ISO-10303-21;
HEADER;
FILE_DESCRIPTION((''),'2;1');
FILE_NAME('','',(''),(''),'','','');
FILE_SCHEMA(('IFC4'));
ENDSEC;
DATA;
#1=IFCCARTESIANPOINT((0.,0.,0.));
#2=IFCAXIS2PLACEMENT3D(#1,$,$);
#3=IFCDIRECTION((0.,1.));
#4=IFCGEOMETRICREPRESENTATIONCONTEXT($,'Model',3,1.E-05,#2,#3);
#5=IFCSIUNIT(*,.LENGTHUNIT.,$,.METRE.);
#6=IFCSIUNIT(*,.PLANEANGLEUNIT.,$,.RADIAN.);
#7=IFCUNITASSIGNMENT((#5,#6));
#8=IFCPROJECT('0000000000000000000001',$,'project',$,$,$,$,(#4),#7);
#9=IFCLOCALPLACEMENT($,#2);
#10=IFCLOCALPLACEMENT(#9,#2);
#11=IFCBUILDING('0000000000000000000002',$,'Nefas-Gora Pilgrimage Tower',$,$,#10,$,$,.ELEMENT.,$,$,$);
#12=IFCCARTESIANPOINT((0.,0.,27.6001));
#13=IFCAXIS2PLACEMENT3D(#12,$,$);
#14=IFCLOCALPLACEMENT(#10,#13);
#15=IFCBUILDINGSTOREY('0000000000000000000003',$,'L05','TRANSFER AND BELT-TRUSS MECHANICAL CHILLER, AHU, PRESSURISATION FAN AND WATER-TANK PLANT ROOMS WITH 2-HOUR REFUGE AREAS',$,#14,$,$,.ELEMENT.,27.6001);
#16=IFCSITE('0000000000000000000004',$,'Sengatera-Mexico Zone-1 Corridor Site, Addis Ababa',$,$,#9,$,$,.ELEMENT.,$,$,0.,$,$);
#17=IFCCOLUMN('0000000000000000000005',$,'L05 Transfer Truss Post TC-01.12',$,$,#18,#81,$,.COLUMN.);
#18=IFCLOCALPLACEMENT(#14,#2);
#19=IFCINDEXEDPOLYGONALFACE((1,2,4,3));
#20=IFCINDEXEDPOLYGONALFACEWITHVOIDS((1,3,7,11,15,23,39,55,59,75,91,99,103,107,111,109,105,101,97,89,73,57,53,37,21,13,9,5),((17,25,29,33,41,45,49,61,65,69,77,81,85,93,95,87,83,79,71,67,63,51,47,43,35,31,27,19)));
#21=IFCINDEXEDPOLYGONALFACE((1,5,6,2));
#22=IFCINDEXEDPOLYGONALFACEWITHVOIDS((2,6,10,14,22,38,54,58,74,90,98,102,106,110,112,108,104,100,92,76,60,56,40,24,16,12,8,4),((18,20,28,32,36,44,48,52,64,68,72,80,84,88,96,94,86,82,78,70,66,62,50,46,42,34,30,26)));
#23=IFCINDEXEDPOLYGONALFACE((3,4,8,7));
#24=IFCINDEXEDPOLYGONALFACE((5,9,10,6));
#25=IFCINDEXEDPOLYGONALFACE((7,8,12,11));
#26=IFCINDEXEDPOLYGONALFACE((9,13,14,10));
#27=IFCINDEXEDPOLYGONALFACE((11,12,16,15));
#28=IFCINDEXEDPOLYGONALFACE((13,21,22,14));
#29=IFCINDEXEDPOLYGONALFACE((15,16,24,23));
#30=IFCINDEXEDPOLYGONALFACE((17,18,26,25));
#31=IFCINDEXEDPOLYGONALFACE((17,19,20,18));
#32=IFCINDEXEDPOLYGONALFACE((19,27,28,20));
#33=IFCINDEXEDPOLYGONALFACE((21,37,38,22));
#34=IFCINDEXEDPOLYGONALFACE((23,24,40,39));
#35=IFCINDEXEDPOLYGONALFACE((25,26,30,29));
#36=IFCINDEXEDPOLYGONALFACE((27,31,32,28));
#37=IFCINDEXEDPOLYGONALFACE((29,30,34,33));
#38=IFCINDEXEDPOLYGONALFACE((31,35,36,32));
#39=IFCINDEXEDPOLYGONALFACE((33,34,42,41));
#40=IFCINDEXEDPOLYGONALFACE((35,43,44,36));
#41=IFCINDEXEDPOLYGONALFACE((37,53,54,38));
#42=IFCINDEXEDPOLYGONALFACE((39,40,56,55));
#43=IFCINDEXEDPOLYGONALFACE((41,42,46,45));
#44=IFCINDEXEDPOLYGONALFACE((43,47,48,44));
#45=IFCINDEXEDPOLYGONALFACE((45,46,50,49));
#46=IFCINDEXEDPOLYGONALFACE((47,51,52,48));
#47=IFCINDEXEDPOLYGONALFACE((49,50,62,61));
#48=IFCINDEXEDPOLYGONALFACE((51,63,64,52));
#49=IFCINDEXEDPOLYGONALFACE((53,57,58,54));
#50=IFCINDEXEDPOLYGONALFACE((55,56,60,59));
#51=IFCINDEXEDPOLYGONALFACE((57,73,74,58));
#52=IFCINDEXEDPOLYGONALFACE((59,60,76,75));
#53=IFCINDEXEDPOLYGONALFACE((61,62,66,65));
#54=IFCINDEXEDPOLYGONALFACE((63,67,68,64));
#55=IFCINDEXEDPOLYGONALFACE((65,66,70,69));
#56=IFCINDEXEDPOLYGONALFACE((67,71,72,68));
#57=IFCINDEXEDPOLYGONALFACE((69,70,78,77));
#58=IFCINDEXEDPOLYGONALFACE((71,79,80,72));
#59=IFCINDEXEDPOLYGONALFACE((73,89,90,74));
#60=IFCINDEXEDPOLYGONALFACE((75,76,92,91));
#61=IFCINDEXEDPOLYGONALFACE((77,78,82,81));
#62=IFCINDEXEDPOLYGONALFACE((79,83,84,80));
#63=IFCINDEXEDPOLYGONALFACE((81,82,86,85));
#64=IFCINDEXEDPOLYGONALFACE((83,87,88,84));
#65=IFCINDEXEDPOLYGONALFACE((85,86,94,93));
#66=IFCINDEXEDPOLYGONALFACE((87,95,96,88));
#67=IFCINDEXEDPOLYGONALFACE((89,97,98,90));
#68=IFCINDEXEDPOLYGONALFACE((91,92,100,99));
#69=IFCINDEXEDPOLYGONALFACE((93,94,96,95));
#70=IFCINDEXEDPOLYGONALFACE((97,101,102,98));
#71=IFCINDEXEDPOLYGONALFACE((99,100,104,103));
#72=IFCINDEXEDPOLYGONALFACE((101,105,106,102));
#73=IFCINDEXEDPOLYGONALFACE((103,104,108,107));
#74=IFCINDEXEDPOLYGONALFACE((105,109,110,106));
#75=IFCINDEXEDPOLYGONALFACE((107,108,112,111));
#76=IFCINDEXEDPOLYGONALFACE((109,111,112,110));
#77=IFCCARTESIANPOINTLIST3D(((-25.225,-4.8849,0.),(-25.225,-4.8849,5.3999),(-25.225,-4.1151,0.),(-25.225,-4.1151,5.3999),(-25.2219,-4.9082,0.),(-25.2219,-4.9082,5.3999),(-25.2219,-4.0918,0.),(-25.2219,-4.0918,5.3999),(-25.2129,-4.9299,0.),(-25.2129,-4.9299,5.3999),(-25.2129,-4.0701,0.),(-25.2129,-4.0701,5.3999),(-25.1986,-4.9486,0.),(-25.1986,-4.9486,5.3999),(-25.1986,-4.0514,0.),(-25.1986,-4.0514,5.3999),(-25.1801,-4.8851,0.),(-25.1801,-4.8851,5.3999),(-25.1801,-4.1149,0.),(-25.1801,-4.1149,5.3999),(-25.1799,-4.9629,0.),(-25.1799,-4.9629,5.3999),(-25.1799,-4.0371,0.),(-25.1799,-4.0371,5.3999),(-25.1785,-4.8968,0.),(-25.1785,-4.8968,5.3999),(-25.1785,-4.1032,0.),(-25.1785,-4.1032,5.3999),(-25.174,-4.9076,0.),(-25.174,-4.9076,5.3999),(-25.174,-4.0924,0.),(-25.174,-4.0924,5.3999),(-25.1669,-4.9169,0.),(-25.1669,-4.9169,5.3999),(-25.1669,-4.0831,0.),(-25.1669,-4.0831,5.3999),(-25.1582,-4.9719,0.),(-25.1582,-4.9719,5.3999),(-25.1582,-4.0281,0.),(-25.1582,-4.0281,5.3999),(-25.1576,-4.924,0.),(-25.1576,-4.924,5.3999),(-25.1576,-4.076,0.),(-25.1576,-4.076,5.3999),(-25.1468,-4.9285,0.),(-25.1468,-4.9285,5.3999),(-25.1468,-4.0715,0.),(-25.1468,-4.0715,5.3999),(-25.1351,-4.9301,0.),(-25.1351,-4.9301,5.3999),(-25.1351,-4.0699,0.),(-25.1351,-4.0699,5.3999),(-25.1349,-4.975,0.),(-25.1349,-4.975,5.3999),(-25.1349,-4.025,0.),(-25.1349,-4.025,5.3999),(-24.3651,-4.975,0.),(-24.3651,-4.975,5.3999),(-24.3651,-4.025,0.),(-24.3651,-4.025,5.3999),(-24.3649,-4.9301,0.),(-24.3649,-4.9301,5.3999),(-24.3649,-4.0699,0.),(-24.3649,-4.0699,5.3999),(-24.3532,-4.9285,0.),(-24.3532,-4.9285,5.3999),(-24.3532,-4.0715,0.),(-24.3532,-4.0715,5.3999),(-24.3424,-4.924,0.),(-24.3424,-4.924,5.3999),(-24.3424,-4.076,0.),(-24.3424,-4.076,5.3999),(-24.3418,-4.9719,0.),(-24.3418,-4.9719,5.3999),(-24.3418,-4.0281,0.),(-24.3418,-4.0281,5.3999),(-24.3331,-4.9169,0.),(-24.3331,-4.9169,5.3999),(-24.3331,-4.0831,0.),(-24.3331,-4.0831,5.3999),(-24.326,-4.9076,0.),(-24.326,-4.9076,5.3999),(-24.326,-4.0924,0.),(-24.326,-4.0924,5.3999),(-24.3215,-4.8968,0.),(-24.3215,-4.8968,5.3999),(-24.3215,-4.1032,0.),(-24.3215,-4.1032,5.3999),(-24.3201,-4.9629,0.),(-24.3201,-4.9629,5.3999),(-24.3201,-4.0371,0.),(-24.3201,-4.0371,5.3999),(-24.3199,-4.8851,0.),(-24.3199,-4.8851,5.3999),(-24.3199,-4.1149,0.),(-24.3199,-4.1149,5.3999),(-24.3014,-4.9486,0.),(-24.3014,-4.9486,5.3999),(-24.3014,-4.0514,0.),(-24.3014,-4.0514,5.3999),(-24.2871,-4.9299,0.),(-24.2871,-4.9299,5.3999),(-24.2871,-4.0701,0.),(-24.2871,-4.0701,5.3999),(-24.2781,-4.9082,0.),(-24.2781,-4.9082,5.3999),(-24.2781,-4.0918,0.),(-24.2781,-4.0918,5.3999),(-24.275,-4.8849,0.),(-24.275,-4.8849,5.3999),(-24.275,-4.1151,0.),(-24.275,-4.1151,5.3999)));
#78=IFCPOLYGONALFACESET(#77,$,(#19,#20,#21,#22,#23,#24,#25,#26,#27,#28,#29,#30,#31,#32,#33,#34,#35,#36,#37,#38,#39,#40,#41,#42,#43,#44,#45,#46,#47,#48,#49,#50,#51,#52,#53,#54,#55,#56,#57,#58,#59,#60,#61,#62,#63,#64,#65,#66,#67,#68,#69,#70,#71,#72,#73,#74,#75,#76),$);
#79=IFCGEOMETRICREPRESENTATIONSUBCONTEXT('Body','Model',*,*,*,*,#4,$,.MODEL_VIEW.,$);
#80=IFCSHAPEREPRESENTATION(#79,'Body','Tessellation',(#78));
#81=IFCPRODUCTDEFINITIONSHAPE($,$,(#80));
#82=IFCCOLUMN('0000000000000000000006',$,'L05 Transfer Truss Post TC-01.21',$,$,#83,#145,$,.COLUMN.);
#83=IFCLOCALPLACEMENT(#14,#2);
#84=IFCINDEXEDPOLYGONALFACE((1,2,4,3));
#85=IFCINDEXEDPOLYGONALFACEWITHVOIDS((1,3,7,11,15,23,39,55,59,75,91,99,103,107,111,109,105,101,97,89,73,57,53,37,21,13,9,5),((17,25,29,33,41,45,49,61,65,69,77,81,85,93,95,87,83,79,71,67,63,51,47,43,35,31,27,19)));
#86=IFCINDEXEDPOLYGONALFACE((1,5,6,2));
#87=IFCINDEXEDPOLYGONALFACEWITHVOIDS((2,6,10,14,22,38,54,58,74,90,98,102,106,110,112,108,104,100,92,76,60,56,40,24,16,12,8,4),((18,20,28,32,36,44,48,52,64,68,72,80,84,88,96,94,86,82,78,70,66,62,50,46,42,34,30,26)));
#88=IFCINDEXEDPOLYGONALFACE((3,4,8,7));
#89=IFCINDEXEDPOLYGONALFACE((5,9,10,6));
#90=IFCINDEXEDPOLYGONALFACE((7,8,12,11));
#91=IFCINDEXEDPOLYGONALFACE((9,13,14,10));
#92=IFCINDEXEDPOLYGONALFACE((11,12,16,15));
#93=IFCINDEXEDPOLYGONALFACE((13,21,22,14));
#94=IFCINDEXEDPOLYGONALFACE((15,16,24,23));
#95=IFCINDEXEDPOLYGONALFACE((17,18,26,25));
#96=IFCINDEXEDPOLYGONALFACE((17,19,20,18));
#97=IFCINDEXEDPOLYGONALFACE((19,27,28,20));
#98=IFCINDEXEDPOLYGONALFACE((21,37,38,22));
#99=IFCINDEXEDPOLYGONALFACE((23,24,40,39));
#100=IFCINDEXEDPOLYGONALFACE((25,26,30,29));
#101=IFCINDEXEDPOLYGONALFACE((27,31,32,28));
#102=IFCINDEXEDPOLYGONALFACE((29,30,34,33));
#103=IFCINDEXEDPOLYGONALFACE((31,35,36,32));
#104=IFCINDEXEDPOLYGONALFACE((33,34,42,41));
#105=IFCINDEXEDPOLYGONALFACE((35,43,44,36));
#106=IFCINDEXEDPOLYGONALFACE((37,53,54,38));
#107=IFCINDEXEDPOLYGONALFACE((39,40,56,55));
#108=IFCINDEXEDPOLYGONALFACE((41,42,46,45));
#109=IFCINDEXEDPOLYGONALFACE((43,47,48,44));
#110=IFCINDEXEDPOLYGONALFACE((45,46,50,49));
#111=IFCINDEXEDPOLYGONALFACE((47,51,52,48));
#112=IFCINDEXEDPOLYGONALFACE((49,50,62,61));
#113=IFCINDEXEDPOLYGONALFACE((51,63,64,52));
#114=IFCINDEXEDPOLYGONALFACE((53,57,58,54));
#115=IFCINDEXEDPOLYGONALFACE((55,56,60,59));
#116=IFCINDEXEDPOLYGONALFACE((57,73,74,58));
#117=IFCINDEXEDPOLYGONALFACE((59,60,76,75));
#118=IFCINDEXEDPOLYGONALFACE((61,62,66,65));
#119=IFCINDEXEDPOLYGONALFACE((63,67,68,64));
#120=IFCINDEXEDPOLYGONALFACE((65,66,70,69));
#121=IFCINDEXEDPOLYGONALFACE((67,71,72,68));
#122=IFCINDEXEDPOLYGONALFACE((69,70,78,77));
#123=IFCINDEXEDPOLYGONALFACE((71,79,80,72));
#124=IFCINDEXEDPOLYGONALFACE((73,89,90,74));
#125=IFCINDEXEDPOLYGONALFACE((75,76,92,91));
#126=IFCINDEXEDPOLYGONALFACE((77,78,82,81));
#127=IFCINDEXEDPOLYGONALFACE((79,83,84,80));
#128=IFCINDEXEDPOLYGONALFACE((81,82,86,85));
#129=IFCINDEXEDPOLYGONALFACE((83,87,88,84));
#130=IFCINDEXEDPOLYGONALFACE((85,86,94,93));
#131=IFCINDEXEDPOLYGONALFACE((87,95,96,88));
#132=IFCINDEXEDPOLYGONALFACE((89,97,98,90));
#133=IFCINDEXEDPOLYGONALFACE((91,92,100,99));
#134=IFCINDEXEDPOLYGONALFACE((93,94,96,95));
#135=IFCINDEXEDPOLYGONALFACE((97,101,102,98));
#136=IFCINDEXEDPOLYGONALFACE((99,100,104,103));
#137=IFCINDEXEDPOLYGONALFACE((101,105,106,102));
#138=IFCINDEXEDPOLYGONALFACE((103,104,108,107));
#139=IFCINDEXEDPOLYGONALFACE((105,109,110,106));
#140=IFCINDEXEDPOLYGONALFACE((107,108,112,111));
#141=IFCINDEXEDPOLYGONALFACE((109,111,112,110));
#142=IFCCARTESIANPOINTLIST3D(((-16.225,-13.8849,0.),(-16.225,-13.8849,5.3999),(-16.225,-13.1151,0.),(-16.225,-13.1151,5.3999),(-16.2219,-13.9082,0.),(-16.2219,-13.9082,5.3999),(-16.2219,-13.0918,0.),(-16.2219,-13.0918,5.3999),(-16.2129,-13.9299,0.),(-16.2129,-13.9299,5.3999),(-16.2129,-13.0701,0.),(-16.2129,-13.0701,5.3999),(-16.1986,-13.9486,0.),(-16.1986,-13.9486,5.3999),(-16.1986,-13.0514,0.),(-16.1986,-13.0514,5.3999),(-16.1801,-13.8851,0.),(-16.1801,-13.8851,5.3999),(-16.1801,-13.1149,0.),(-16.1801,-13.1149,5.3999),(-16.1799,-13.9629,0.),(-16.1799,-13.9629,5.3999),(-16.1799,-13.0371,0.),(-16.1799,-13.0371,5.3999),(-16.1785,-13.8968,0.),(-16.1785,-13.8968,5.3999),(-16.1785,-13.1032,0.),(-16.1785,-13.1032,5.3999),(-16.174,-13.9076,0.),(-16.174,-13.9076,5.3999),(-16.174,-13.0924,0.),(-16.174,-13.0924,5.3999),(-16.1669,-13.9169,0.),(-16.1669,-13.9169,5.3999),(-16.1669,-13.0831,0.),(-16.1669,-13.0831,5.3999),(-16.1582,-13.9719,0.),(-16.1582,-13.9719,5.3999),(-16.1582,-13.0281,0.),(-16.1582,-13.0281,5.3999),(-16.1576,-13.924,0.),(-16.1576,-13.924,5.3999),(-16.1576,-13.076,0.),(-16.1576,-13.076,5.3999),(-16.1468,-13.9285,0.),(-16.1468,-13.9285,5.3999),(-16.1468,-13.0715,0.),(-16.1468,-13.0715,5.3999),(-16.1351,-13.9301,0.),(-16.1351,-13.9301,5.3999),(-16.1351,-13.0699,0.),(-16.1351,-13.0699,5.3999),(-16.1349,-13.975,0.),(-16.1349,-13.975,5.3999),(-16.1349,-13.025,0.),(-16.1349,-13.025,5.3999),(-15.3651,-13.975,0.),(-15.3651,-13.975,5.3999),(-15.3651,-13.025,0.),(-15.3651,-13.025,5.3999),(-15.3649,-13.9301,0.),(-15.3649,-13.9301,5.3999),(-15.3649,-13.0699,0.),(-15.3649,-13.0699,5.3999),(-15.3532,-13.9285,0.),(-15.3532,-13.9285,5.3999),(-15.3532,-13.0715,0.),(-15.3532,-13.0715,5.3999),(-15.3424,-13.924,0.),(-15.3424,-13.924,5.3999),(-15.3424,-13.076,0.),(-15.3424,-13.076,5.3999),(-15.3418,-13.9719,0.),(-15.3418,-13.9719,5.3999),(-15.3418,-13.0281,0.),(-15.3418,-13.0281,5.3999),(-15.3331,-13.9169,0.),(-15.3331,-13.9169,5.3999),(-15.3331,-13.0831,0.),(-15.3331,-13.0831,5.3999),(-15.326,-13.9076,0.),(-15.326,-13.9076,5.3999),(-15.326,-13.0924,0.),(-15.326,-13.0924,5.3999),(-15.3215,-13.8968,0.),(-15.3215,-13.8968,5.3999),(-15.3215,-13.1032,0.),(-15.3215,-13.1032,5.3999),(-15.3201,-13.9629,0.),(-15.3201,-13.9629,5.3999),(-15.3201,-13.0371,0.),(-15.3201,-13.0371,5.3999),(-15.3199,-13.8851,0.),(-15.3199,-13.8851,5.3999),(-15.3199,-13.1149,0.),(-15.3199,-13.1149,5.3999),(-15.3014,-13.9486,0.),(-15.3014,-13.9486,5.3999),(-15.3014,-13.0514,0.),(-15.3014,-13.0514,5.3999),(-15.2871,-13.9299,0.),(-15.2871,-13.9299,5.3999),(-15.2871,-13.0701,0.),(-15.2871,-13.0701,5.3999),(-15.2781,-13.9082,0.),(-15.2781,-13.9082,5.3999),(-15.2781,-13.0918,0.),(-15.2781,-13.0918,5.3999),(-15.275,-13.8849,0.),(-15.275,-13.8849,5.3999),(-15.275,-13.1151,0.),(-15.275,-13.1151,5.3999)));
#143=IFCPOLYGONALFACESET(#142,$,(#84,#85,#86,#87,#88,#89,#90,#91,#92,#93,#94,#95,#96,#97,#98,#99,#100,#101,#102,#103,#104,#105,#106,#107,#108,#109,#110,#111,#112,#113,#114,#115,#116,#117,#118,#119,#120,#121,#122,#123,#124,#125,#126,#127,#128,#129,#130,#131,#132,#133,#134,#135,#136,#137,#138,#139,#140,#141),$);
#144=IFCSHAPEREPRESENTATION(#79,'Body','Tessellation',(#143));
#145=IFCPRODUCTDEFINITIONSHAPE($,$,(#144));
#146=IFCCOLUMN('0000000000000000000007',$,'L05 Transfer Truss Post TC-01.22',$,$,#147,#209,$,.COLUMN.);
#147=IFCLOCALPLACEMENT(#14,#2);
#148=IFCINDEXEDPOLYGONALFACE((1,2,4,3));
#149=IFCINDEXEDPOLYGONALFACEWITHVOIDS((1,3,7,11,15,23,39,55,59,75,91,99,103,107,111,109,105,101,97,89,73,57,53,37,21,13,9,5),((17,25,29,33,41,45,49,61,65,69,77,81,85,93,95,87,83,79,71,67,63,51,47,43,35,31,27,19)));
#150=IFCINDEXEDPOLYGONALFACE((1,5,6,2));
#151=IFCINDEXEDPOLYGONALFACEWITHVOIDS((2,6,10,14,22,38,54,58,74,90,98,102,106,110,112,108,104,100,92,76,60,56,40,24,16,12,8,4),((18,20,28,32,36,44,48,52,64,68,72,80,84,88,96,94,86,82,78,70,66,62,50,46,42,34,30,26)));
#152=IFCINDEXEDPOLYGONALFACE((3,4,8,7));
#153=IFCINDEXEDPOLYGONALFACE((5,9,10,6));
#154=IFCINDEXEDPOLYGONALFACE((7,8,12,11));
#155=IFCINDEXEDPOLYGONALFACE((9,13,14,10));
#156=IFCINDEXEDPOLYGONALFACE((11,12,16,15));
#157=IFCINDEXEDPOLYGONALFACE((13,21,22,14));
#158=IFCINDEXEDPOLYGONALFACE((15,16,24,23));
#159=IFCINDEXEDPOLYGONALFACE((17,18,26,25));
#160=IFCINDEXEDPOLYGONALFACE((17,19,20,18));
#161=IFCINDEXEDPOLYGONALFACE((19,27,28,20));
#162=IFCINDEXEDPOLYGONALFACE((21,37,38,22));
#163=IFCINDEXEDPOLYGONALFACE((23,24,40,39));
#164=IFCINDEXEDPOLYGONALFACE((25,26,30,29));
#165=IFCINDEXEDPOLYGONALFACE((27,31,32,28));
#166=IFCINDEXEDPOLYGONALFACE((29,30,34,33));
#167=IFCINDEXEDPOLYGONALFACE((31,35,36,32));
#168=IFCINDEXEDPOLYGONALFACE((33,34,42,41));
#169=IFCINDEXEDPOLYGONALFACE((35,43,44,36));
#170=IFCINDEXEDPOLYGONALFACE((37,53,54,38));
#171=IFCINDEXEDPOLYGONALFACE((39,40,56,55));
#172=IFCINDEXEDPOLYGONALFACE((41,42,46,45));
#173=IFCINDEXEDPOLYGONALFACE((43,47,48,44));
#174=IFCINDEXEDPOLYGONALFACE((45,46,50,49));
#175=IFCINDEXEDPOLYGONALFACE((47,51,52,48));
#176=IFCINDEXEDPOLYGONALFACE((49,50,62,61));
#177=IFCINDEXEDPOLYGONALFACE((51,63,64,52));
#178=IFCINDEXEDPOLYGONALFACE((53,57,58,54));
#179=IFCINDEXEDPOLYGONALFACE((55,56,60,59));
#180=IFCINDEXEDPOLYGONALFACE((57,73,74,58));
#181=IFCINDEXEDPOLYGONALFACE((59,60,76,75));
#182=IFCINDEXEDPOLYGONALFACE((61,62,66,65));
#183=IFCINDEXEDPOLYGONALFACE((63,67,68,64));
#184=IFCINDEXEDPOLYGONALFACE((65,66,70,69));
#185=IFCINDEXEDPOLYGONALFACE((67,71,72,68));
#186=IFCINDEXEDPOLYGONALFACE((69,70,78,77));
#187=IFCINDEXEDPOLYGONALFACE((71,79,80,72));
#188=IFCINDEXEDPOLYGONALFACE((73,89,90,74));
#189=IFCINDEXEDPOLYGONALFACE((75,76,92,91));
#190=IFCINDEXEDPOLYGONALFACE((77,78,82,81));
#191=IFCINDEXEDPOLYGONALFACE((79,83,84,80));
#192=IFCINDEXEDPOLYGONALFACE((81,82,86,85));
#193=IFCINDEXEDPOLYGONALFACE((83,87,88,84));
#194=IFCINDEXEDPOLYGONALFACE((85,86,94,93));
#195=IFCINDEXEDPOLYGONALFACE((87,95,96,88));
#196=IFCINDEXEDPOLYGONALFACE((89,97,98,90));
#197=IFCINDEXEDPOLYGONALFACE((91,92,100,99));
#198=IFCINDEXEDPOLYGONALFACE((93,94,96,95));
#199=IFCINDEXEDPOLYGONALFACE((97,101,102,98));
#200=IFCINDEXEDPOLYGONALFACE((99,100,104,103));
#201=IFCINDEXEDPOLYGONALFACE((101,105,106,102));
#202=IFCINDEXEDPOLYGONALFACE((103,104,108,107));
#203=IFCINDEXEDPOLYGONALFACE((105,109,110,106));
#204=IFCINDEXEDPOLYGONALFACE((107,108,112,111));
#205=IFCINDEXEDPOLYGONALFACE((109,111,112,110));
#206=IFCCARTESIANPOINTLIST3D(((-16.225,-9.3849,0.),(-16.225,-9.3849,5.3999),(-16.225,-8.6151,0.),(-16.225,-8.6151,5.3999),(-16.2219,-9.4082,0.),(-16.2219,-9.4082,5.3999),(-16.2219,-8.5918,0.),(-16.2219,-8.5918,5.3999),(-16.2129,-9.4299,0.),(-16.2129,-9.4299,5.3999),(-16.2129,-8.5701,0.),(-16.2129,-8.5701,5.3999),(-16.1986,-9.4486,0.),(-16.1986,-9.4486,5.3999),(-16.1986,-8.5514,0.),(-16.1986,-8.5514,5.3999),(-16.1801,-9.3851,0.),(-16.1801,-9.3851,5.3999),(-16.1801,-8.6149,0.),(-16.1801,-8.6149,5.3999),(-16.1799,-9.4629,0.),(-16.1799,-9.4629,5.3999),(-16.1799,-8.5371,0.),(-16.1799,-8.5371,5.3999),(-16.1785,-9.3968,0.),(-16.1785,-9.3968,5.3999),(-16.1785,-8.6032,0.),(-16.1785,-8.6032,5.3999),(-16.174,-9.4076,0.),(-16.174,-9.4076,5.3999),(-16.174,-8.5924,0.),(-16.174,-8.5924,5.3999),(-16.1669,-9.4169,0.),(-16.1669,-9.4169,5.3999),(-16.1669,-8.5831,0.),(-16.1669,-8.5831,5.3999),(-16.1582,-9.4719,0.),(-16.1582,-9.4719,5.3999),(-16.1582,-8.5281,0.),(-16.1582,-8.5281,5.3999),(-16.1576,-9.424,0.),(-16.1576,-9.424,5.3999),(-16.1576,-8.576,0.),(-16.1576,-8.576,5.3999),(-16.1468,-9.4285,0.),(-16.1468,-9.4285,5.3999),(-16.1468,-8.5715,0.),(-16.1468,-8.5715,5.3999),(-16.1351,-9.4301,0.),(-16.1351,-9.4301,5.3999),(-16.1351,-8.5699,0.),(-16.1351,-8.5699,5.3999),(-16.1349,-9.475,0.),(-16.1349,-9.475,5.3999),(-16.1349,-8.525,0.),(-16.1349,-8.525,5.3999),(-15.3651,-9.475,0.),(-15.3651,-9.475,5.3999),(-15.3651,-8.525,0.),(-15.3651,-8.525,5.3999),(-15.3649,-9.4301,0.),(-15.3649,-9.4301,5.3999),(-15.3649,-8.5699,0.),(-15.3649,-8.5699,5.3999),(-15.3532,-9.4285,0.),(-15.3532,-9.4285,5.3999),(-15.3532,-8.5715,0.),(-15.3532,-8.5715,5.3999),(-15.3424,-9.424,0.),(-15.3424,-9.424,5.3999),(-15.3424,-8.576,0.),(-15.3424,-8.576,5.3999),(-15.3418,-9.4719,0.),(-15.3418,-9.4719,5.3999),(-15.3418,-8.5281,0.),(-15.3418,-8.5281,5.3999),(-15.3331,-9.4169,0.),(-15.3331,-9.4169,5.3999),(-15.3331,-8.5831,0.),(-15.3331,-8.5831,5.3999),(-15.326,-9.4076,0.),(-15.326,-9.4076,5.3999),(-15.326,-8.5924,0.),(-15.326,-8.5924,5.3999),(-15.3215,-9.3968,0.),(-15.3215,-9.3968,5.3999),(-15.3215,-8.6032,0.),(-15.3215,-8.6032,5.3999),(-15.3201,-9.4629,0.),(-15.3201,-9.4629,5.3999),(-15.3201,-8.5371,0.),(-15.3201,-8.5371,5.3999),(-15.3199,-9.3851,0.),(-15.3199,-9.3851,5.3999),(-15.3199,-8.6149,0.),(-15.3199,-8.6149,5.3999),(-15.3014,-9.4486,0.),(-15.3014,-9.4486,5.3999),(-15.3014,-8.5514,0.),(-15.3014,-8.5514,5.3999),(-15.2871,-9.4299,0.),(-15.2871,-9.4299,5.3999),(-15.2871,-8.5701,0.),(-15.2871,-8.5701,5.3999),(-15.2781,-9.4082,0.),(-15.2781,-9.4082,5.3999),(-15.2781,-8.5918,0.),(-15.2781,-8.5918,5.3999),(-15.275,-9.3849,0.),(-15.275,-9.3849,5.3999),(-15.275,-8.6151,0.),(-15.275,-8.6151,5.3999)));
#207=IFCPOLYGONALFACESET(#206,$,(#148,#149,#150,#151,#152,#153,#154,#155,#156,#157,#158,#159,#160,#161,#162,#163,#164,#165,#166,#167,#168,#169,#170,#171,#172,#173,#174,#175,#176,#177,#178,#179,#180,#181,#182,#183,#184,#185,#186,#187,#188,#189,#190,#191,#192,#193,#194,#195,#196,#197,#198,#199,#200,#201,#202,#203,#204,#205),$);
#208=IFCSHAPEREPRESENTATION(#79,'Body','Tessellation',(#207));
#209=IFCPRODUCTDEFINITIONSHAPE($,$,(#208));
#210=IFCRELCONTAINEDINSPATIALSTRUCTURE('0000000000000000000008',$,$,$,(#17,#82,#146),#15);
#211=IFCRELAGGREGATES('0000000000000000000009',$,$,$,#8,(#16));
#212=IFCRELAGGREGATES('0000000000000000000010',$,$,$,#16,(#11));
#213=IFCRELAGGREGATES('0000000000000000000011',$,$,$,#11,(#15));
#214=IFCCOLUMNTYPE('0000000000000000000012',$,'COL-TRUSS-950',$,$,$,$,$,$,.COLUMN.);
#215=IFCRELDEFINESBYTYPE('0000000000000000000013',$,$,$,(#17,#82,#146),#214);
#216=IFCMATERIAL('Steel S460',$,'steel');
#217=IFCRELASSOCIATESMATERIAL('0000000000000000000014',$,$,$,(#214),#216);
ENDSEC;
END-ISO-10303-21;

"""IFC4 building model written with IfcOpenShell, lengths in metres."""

from ifc_helpers import new_model, si_unit, direction, frame, origin, origin_2d, place, context, subcontext, project, spatial, hollow_rectangle, extrude, source, transform, mapped, material, material_profile, profile_set, type_object, element, save


model = new_model("IFC4")

# Units and contexts
model_context = context("Model", 3, precision=1e-05, world=origin(), true_north=direction((0.0, 1.0)))
body_context = subcontext(model_context, "Body", "Model", "MODEL_VIEW")
ifc_project = project(units=[si_unit("LENGTHUNIT", "METRE"), si_unit("PLANEANGLEUNIT", "RADIAN")], contexts=[model_context])

# Site, building, storey
site_placement = place(None, origin())
site = spatial("IfcSite", under=ifc_project, at=site_placement, Name="Sengatera-Mexico Zone-1 Corridor Site, Addis Ababa", CompositionType="ELEMENT", RefElevation=0.0)
building_placement = place(site_placement, origin())
building = spatial("IfcBuilding", under=site, at=building_placement, Name="Nefas-Gora Pilgrimage Tower", CompositionType="ELEMENT")
storey_placement = place(building_placement, frame((0.0, 0.0, 27.6001)))
storey = spatial("IfcBuildingStorey", under=building, at=storey_placement, Name="L05", Description="TRANSFER AND BELT-TRUSS MECHANICAL CHILLER, AHU, PRESSURISATION FAN AND WATER-TANK PLANT ROOMS WITH 2-HOUR REFUGE AREAS", CompositionType="ELEMENT", Elevation=27.6001)

# Columns
ifc_material_1 = material(Name="Steel S460", Category="steel")
ifc_material_profile_1 = material_profile(ifc_material_1, hollow_rectangle(XDim=0.95, YDim=0.95, WallThickness=0.0449, InnerFilletRadius=0.0449, OuterFilletRadius=0.0901, at=origin_2d()), Name="BOX 950x950x45")
ifc_profile_set_1 = profile_set([ifc_material_profile_1], Name="Steel S460")
column_type_1 = type_object("IfcColumnType", Name="COL-TRUSS-950", PredefinedType="COLUMN", material=ifc_profile_set_1)
shared_shape_1 = source(origin(), body_context, "Body", "SweptSolid", [
    extrude(hollow_rectangle(XDim=0.95, YDim=0.95, WallThickness=0.0449, InnerFilletRadius=0.0449, OuterFilletRadius=0.0901, at=origin_2d()), origin(), (0.0, 0.0, 1.0), 5.3999),
])
for number, where, z_axis, x_axis, name in (
    (1, (-24.75, -4.5, 0.0), (0.0, 0.0, 1.0), (1.0, 0.0, 0.0), "L05 Transfer Truss Post TC-01.12"),
    (2, (-15.75, -13.5, 0.0), (0.0, 0.0, 1.0), (1.0, 0.0, 0.0), "L05 Transfer Truss Post TC-01.21"),
    (3, (-15.75, -9.0, 0.0), (0.0, 0.0, 1.0), (1.0, 0.0, 0.0), "L05 Transfer Truss Post TC-01.22"),
):
    element("IfcColumn", number, at=place(storey_placement, frame(where, z_axis=z_axis, x_axis=x_axis)), inside=storey, type_object=column_type_1, Name=name, PredefinedType="COLUMN", context=body_context, shape_type="MappedRepresentation", body=[
        mapped(shared_shape_1, transform((0.0, 0.0, 0.0), x_axis=(1.0, 0.0, 0.0), y_axis=(0.0, 1.0, 0.0), z_axis=(0.0, 0.0, 1.0), scale=1.0)),
    ])

save(model, "model.ifc")
